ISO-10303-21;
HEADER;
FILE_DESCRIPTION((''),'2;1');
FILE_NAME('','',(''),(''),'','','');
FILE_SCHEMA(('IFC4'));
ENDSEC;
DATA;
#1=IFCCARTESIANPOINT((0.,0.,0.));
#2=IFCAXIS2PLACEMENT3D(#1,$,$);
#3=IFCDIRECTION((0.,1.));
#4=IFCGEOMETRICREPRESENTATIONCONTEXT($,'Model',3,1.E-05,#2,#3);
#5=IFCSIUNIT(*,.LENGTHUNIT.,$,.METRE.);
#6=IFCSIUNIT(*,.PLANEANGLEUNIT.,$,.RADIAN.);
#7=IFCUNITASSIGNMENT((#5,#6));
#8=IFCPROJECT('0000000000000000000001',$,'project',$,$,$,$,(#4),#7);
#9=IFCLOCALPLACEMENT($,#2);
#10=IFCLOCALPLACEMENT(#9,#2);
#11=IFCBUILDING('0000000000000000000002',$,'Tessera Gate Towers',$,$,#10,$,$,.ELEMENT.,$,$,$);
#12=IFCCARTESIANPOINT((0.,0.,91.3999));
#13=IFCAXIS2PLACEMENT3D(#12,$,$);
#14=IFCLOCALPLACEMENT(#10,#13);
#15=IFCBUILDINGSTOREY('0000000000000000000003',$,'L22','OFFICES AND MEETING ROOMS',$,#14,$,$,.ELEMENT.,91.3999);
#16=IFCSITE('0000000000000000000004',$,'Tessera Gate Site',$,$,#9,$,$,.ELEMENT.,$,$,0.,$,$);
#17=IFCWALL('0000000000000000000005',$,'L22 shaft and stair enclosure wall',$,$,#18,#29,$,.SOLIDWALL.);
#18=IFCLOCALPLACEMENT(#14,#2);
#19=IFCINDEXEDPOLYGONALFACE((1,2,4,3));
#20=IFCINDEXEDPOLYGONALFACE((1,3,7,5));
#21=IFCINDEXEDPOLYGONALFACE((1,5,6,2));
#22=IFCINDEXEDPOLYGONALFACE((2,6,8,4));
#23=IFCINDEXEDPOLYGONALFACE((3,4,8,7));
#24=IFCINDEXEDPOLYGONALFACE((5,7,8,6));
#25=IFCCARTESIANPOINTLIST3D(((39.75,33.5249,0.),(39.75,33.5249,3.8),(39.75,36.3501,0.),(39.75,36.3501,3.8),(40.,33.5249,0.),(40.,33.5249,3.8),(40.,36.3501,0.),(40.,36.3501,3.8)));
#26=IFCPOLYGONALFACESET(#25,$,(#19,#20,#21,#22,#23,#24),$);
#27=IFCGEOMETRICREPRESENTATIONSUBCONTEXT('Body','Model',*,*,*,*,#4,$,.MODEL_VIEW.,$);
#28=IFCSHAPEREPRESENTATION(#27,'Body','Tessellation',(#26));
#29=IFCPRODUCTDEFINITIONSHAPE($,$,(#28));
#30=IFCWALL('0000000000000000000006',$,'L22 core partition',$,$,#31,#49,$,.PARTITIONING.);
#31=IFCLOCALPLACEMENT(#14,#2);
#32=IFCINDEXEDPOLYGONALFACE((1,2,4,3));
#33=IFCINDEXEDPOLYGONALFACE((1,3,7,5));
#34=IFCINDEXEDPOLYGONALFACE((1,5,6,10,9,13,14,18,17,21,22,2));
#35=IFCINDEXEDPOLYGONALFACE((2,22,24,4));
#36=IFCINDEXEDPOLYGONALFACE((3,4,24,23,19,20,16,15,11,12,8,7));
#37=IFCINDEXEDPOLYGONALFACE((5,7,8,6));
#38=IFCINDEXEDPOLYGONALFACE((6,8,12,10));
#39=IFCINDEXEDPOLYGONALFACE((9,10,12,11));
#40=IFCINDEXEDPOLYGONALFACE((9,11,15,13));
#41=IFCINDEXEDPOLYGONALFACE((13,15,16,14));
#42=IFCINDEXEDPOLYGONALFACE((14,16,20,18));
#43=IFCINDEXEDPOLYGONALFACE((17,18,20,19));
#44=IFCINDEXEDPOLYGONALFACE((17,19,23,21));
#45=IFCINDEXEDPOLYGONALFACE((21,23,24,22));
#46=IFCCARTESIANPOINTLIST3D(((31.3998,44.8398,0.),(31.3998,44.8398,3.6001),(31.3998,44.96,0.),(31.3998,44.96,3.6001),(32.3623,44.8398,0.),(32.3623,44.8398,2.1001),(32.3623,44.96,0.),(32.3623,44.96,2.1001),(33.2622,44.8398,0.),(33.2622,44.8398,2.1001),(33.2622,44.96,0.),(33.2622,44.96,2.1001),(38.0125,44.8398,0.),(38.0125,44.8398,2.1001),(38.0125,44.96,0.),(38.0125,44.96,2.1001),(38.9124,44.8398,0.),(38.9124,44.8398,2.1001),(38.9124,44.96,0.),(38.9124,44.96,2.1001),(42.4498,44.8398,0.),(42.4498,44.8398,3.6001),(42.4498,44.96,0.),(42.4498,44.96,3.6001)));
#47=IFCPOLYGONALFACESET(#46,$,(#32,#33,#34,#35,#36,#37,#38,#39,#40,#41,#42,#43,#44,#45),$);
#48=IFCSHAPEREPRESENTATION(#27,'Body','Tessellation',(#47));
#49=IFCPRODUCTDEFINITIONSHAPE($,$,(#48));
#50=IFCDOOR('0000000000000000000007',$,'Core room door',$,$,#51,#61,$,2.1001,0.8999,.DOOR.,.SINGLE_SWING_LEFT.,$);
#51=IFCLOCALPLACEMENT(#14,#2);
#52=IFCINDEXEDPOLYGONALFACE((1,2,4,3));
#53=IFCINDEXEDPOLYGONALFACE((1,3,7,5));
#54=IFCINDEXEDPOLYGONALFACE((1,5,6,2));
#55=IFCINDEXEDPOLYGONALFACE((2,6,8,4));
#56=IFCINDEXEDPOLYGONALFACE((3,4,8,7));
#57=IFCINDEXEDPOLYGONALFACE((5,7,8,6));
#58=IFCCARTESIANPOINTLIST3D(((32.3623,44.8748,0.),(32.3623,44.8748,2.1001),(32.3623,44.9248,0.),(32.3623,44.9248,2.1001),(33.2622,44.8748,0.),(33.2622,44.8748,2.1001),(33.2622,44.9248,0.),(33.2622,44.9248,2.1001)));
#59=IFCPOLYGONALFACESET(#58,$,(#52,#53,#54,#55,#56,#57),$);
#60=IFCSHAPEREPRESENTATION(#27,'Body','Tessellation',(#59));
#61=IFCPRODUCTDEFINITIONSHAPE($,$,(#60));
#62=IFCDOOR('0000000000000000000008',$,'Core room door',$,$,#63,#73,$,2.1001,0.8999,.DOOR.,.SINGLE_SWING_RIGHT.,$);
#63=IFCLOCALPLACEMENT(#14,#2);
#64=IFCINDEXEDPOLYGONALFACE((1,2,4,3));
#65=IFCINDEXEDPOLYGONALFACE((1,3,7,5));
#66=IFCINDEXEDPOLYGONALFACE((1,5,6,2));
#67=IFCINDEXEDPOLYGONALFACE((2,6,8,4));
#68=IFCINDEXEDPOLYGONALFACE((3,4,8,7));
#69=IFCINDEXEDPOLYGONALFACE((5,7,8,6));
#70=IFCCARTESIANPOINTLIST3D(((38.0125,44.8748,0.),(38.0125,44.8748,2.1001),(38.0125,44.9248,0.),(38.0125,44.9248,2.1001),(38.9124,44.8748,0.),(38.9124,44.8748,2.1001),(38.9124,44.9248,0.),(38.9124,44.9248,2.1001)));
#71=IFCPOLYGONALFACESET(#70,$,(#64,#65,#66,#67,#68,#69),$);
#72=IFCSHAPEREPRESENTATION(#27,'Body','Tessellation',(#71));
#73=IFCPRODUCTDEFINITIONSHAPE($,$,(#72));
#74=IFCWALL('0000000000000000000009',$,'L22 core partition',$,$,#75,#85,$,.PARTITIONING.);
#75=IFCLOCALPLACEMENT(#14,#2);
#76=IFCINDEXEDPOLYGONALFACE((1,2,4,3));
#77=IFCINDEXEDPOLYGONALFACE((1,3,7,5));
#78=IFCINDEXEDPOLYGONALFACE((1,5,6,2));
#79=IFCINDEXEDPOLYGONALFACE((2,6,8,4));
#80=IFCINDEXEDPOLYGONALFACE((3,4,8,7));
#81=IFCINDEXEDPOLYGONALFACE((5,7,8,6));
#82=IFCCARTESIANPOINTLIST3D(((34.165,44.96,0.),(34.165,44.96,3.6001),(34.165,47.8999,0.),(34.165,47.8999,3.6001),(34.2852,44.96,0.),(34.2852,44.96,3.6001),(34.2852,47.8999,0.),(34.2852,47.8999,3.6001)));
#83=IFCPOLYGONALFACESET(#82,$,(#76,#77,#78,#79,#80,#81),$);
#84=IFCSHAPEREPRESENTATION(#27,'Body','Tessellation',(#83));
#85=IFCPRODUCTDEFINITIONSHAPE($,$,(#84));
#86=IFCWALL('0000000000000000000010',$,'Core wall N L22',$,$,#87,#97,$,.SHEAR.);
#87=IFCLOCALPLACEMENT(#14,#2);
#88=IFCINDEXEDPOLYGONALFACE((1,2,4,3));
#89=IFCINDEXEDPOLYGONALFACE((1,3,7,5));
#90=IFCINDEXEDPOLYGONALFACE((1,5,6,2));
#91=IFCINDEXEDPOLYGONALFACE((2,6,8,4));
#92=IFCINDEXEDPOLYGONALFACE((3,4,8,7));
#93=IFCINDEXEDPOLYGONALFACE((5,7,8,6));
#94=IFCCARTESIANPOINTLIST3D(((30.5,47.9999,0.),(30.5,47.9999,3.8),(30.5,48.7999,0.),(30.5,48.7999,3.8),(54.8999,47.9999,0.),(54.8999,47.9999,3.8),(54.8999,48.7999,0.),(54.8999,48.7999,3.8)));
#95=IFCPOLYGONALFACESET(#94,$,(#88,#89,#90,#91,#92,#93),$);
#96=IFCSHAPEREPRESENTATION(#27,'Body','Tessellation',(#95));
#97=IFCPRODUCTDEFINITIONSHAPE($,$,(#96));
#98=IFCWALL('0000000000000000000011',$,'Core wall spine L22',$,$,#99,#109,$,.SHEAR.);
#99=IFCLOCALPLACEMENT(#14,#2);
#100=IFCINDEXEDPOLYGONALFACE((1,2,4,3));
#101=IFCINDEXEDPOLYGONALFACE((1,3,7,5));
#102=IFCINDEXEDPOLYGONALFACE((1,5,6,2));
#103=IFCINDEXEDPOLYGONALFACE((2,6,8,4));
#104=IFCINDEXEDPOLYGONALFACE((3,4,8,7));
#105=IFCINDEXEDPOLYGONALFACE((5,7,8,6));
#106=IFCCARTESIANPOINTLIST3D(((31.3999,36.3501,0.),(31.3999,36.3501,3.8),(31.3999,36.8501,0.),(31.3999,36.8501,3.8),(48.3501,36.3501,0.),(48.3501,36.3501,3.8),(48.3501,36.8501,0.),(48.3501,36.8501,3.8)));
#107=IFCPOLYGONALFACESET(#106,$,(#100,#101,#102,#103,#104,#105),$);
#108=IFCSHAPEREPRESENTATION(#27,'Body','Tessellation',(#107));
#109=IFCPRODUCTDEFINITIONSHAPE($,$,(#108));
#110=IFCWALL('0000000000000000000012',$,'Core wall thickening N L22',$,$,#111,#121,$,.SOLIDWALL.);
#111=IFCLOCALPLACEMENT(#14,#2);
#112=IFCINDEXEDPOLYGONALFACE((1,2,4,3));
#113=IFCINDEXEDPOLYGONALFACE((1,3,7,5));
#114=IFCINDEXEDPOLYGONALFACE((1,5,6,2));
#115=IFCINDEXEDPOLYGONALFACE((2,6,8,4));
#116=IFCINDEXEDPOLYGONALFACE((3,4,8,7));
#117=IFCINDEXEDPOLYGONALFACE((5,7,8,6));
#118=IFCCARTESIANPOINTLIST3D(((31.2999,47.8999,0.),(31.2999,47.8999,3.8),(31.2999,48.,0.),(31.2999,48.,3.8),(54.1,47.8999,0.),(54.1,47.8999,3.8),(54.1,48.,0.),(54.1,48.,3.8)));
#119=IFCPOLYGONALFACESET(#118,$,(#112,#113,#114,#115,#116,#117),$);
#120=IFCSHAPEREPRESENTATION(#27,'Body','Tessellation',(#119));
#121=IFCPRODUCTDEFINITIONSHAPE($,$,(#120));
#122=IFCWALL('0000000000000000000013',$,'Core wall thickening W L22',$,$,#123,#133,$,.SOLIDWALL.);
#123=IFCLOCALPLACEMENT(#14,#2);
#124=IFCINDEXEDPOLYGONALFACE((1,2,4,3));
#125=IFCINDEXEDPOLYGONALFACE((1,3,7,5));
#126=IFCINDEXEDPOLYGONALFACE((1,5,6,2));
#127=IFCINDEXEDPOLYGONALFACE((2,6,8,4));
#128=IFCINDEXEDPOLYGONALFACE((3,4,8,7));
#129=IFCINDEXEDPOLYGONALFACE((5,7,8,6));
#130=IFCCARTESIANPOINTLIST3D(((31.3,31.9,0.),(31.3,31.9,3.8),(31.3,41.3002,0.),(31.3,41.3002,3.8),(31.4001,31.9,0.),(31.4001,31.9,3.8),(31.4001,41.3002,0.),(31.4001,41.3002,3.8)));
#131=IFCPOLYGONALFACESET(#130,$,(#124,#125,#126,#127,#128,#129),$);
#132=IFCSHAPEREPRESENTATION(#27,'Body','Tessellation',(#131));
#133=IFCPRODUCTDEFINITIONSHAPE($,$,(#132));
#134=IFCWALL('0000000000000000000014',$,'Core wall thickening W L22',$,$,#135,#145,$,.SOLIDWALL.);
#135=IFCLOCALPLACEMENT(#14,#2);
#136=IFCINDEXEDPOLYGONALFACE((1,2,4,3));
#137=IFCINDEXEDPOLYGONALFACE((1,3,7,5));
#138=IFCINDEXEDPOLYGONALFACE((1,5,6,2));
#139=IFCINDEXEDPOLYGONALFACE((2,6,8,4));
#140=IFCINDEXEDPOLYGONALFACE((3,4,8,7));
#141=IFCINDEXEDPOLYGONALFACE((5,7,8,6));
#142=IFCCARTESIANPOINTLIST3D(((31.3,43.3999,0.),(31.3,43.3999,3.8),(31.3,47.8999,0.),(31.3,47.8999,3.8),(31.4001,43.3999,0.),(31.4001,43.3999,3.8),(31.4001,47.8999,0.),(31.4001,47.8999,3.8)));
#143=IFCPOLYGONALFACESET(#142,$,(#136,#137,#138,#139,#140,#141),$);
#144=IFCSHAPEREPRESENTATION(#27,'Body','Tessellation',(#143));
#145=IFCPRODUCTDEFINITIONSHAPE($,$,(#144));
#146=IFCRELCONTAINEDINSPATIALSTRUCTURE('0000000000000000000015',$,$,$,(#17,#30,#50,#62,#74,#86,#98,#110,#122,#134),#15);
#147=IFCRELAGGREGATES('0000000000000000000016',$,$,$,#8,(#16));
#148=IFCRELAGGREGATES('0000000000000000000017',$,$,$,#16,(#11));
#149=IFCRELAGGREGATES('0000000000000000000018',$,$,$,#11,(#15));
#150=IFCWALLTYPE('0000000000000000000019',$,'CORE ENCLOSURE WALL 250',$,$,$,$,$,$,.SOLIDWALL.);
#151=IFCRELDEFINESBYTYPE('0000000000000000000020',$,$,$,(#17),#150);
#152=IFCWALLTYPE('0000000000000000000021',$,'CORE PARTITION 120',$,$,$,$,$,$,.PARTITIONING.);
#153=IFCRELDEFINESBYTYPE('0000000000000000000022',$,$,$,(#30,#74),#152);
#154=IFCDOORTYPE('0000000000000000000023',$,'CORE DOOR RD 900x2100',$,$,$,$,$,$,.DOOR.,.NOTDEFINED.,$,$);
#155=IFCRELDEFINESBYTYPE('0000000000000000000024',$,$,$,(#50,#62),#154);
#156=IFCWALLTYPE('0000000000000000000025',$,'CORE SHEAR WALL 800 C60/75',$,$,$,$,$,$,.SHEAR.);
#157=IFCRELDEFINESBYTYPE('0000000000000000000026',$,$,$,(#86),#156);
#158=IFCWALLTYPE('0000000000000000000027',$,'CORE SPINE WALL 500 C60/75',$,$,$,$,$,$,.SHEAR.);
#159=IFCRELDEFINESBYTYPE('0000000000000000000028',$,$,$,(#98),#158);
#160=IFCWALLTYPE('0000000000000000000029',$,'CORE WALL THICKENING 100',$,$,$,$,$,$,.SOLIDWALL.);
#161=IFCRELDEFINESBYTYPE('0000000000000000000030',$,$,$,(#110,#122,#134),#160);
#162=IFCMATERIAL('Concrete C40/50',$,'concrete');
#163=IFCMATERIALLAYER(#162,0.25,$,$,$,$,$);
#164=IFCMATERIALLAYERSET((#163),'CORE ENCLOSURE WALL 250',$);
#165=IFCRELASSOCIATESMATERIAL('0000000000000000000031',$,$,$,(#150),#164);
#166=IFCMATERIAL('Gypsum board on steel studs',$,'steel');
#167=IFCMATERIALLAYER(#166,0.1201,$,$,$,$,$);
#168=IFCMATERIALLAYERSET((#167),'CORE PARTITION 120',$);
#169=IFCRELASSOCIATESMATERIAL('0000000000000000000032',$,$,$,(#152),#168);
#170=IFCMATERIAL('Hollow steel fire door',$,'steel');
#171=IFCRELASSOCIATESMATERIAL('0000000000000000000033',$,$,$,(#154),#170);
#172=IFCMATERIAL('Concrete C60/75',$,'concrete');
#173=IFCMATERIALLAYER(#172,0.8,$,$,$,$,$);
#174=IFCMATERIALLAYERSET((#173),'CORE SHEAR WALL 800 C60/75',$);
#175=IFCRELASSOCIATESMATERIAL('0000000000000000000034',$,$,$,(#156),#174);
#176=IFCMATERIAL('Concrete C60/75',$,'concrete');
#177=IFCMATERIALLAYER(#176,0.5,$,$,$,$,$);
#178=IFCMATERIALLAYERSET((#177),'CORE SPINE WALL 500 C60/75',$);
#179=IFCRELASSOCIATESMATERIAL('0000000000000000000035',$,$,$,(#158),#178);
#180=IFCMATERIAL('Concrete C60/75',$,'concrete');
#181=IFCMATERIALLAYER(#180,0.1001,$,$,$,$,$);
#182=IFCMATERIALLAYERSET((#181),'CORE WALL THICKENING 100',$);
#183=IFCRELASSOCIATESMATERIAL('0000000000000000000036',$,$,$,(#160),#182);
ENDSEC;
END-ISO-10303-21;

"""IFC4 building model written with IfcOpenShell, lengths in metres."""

from ifc_helpers import new_model, si_unit, direction, frame, frame_2d, origin, place, context, subcontext, project, spatial, rectangle, extrude, source, transform, mapped, material, layer, layer_set, type_object, element, fill, save


model = new_model("IFC4")

# Units and contexts
model_context = context("Model", 3, precision=1e-05, world=origin(), true_north=direction((0.0, 1.0)))
body_context = subcontext(model_context, "Body", "Model", "MODEL_VIEW")
ifc_project = project(units=[si_unit("LENGTHUNIT", "METRE"), si_unit("PLANEANGLEUNIT", "RADIAN")], contexts=[model_context])

# Site, building, storey
site_placement = place(None, origin())
site = spatial("IfcSite", under=ifc_project, at=site_placement, Name="Tessera Gate Site", CompositionType="ELEMENT", RefElevation=0.0)
building_placement = place(site_placement, origin())
building = spatial("IfcBuilding", under=site, at=building_placement, Name="Tessera Gate Towers", CompositionType="ELEMENT")
storey_placement = place(building_placement, frame((0.0, 0.0, 91.3999)))
storey = spatial("IfcBuildingStorey", under=building, at=storey_placement, Name="L22", Description="OFFICES AND MEETING ROOMS", CompositionType="ELEMENT", Elevation=91.3999)

# Wall
ifc_material_1 = material(Name="Concrete C40/50", Category="concrete")
ifc_layer_1 = layer(ifc_material_1, 0.25)
ifc_layer_set_1 = layer_set([ifc_layer_1], Name="CORE ENCLOSURE WALL 250")
wall_type_1 = type_object("IfcWallType", Name="CORE ENCLOSURE WALL 250", PredefinedType="SOLIDWALL", material=ifc_layer_set_1)
for number, where, z_axis, x_axis, name in (
    (1, (39.875, 33.5249, 0.0), (0.0, 0.0, 1.0), (0.0, 1.0, 0.0), "L22 shaft and stair enclosure wall"),
):
    element("IfcWall", number, at=place(storey_placement, frame(where, z_axis=z_axis, x_axis=x_axis)), inside=storey, type_object=wall_type_1, Name=name, PredefinedType="SOLIDWALL", context=body_context, shape_type="SweptSolid", body=[
        extrude(rectangle(XDim=2.8252, YDim=0.25, at=frame_2d((1.4126, 0.0))), origin(), (0.0, 0.0, 1.0), 3.8),
    ])

# Wall, openings, doors
ifc_material_2 = material(Name="Gypsum board on steel studs", Category="steel")
ifc_layer_2 = layer(ifc_material_2, 0.1201)
ifc_layer_set_2 = layer_set([ifc_layer_2], Name="CORE PARTITION 120")
wall_type_2 = type_object("IfcWallType", Name="CORE PARTITION 120", PredefinedType="PARTITIONING", material=ifc_layer_set_2)
wall_1_placement = place(storey_placement, frame((31.3999, 44.8999, 0.0), z_axis=(0.0, 0.0, 1.0), x_axis=(1.0, 0.0, 0.0)))
wall_1 = element("IfcWall", 2, at=wall_1_placement, inside=storey, type_object=wall_type_2, Name="L22 core partition", PredefinedType="PARTITIONING", context=body_context, shape_type="SweptSolid", body=[
    extrude(rectangle(XDim=11.05, YDim=0.1201, at=frame_2d((5.5249, 0.0))), origin(), (0.0, 0.0, 1.0), 3.6001),
])
shared_shape_1 = source(origin(), body_context, "Body", "SweptSolid", [
    extrude(rectangle(XDim=0.8999, YDim=2.1001, at=frame_2d((0.45, 1.05))), frame((0.0, 0.0701, 0.0), z_axis=(0.0, -1.0, 0.0), x_axis=(1.0, 0.0, 0.0)), (0.0, 0.0, 1.0), 0.1401),
])
opening_1_placement = place(wall_1_placement, frame((0.9624, 0.0, 0.0)))
opening_1 = element("IfcOpeningElement", 3, at=opening_1_placement, cuts=wall_1, PredefinedType="OPENING", context=body_context, shape_type="MappedRepresentation", body=[
    mapped(shared_shape_1, transform((0.0, 0.0, 0.0), scale=1.0)),
])
opening_2_placement = place(wall_1_placement, frame((6.6125, 0.0, 0.0)))
opening_2 = element("IfcOpeningElement", 4, at=opening_2_placement, cuts=wall_1, PredefinedType="OPENING", context=body_context, shape_type="MappedRepresentation", body=[
    mapped(shared_shape_1, transform((0.0, 0.0, 0.0), scale=1.0)),
])
ifc_material_3 = material(Name="Hollow steel fire door", Category="steel")
door_type_1 = type_object("IfcDoorType", Name="CORE DOOR RD 900x2100", OperationType="NOTDEFINED", PredefinedType="DOOR", material=ifc_material_3)
shared_shape_2 = source(origin(), body_context, "Body", "SweptSolid", [
    extrude(rectangle(XDim=0.8999, YDim=2.1001, at=frame_2d((0.45, 1.05))), frame((0.0, 0.0249, 0.0), z_axis=(0.0, -1.0, 0.0), x_axis=(1.0, 0.0, 0.0)), (0.0, 0.0, 1.0), 0.05),
])
door_1_placement = place(opening_1_placement, origin())
door_1 = element("IfcDoor", 5, at=door_1_placement, inside=storey, type_object=door_type_1, Name="Core room door", OperationType="SINGLE_SWING_LEFT", OverallHeight=2.1001, OverallWidth=0.8999, PredefinedType="DOOR", context=body_context, shape_type="MappedRepresentation", body=[
    mapped(shared_shape_2, transform((0.0, 0.0, 0.0), scale=1.0)),
])
fill(opening_1, door_1)
door_2_placement = place(opening_2_placement, origin())
door_2 = element("IfcDoor", 6, at=door_2_placement, inside=storey, type_object=door_type_1, Name="Core room door", OperationType="SINGLE_SWING_RIGHT", OverallHeight=2.1001, OverallWidth=0.8999, PredefinedType="DOOR", context=body_context, shape_type="MappedRepresentation", body=[
    mapped(shared_shape_2, transform((0.0, 0.0, 0.0), scale=1.0)),
])
fill(opening_2, door_2)

# Walls
wall_2_placement = place(storey_placement, frame((34.2251, 44.96, 0.0), z_axis=(0.0, 0.0, 1.0), x_axis=(0.0, 1.0, 0.0)))
element("IfcWall", 7, at=wall_2_placement, inside=storey, type_object=wall_type_2, Name="L22 core partition", PredefinedType="PARTITIONING", context=body_context, shape_type="SweptSolid", body=[
    extrude(rectangle(XDim=2.9399, YDim=0.1201, at=frame_2d((1.47, 0.0))), origin(), (0.0, 0.0, 1.0), 3.6001),
])
ifc_material_4 = material(Name="Concrete C60/75", Category="concrete")
ifc_layer_3 = layer(ifc_material_4, 0.8)
ifc_layer_set_3 = layer_set([ifc_layer_3], Name="CORE SHEAR WALL 800 C60/75")
wall_type_3 = type_object("IfcWallType", Name="CORE SHEAR WALL 800 C60/75", PredefinedType="SHEAR", material=ifc_layer_set_3)
wall_3_placement = place(storey_placement, frame((30.5, 48.3999, 0.0), z_axis=(0.0, 0.0, 1.0), x_axis=(1.0, 0.0, 0.0)))
element("IfcWall", 8, at=wall_3_placement, inside=storey, type_object=wall_type_3, Name="Core wall N L22", PredefinedType="SHEAR", context=body_context, shape_type="SweptSolid", body=[
    extrude(rectangle(XDim=24.3999, YDim=0.8, at=frame_2d((12.2, 0.0))), origin(), (0.0, 0.0, 1.0), 3.8),
])
ifc_material_5 = material(Name="Concrete C60/75", Category="concrete")
ifc_layer_4 = layer(ifc_material_5, 0.5)
ifc_layer_set_4 = layer_set([ifc_layer_4], Name="CORE SPINE WALL 500 C60/75")
wall_type_4 = type_object("IfcWallType", Name="CORE SPINE WALL 500 C60/75", PredefinedType="SHEAR", material=ifc_layer_set_4)
wall_4_placement = place(storey_placement, frame((31.3999, 36.6001, 0.0), z_axis=(0.0, 0.0, 1.0), x_axis=(1.0, 0.0, 0.0)))
element("IfcWall", 9, at=wall_4_placement, inside=storey, type_object=wall_type_4, Name="Core wall spine L22", PredefinedType="SHEAR", context=body_context, shape_type="SweptSolid", body=[
    extrude(rectangle(XDim=16.9502, YDim=0.5, at=frame_2d((8.4751, 0.0))), origin(), (0.0, 0.0, 1.0), 3.8),
])
ifc_material_6 = material(Name="Concrete C60/75", Category="concrete")
ifc_layer_5 = layer(ifc_material_6, 0.1001)
ifc_layer_set_5 = layer_set([ifc_layer_5], Name="CORE WALL THICKENING 100")
wall_type_5 = type_object("IfcWallType", Name="CORE WALL THICKENING 100", PredefinedType="SOLIDWALL", material=ifc_layer_set_5)
wall_5_placement = place(storey_placement, frame((31.3, 47.95, 0.0), z_axis=(0.0, 0.0, 1.0), x_axis=(1.0, 0.0, 0.0)))
element("IfcWall", 10, at=wall_5_placement, inside=storey, type_object=wall_type_5, Name="Core wall thickening N L22", PredefinedType="SOLIDWALL", context=body_context, shape_type="SweptSolid", body=[
    extrude(rectangle(XDim=22.8, YDim=0.1001, at=frame_2d((11.3999, 0.0))), origin(), (0.0, 0.0, 1.0), 3.8),
])
wall_6_placement = place(storey_placement, frame((31.3501, 31.8999, 0.0), z_axis=(0.0, 0.0, 1.0), x_axis=(0.0, 1.0, 0.0)))
element("IfcWall", 11, at=wall_6_placement, inside=storey, type_object=wall_type_5, Name="Core wall thickening W L22", PredefinedType="SOLIDWALL", context=body_context, shape_type="SweptSolid", body=[
    extrude(rectangle(XDim=9.4001, YDim=0.1001, at=frame_2d((4.7002, 0.0))), origin(), (0.0, 0.0, 1.0), 3.8),
])
wall_7_placement = place(storey_placement, frame((31.3501, 43.3999, 0.0), z_axis=(0.0, 0.0, 1.0), x_axis=(0.0, 1.0, 0.0)))
element("IfcWall", 12, at=wall_7_placement, inside=storey, type_object=wall_type_5, Name="Core wall thickening W L22", PredefinedType="SOLIDWALL", context=body_context, shape_type="SweptSolid", body=[
    extrude(rectangle(XDim=4.5, YDim=0.1001, at=frame_2d((2.25, 0.0))), origin(), (0.0, 0.0, 1.0), 3.8),
])

save(model, "model.ifc")
